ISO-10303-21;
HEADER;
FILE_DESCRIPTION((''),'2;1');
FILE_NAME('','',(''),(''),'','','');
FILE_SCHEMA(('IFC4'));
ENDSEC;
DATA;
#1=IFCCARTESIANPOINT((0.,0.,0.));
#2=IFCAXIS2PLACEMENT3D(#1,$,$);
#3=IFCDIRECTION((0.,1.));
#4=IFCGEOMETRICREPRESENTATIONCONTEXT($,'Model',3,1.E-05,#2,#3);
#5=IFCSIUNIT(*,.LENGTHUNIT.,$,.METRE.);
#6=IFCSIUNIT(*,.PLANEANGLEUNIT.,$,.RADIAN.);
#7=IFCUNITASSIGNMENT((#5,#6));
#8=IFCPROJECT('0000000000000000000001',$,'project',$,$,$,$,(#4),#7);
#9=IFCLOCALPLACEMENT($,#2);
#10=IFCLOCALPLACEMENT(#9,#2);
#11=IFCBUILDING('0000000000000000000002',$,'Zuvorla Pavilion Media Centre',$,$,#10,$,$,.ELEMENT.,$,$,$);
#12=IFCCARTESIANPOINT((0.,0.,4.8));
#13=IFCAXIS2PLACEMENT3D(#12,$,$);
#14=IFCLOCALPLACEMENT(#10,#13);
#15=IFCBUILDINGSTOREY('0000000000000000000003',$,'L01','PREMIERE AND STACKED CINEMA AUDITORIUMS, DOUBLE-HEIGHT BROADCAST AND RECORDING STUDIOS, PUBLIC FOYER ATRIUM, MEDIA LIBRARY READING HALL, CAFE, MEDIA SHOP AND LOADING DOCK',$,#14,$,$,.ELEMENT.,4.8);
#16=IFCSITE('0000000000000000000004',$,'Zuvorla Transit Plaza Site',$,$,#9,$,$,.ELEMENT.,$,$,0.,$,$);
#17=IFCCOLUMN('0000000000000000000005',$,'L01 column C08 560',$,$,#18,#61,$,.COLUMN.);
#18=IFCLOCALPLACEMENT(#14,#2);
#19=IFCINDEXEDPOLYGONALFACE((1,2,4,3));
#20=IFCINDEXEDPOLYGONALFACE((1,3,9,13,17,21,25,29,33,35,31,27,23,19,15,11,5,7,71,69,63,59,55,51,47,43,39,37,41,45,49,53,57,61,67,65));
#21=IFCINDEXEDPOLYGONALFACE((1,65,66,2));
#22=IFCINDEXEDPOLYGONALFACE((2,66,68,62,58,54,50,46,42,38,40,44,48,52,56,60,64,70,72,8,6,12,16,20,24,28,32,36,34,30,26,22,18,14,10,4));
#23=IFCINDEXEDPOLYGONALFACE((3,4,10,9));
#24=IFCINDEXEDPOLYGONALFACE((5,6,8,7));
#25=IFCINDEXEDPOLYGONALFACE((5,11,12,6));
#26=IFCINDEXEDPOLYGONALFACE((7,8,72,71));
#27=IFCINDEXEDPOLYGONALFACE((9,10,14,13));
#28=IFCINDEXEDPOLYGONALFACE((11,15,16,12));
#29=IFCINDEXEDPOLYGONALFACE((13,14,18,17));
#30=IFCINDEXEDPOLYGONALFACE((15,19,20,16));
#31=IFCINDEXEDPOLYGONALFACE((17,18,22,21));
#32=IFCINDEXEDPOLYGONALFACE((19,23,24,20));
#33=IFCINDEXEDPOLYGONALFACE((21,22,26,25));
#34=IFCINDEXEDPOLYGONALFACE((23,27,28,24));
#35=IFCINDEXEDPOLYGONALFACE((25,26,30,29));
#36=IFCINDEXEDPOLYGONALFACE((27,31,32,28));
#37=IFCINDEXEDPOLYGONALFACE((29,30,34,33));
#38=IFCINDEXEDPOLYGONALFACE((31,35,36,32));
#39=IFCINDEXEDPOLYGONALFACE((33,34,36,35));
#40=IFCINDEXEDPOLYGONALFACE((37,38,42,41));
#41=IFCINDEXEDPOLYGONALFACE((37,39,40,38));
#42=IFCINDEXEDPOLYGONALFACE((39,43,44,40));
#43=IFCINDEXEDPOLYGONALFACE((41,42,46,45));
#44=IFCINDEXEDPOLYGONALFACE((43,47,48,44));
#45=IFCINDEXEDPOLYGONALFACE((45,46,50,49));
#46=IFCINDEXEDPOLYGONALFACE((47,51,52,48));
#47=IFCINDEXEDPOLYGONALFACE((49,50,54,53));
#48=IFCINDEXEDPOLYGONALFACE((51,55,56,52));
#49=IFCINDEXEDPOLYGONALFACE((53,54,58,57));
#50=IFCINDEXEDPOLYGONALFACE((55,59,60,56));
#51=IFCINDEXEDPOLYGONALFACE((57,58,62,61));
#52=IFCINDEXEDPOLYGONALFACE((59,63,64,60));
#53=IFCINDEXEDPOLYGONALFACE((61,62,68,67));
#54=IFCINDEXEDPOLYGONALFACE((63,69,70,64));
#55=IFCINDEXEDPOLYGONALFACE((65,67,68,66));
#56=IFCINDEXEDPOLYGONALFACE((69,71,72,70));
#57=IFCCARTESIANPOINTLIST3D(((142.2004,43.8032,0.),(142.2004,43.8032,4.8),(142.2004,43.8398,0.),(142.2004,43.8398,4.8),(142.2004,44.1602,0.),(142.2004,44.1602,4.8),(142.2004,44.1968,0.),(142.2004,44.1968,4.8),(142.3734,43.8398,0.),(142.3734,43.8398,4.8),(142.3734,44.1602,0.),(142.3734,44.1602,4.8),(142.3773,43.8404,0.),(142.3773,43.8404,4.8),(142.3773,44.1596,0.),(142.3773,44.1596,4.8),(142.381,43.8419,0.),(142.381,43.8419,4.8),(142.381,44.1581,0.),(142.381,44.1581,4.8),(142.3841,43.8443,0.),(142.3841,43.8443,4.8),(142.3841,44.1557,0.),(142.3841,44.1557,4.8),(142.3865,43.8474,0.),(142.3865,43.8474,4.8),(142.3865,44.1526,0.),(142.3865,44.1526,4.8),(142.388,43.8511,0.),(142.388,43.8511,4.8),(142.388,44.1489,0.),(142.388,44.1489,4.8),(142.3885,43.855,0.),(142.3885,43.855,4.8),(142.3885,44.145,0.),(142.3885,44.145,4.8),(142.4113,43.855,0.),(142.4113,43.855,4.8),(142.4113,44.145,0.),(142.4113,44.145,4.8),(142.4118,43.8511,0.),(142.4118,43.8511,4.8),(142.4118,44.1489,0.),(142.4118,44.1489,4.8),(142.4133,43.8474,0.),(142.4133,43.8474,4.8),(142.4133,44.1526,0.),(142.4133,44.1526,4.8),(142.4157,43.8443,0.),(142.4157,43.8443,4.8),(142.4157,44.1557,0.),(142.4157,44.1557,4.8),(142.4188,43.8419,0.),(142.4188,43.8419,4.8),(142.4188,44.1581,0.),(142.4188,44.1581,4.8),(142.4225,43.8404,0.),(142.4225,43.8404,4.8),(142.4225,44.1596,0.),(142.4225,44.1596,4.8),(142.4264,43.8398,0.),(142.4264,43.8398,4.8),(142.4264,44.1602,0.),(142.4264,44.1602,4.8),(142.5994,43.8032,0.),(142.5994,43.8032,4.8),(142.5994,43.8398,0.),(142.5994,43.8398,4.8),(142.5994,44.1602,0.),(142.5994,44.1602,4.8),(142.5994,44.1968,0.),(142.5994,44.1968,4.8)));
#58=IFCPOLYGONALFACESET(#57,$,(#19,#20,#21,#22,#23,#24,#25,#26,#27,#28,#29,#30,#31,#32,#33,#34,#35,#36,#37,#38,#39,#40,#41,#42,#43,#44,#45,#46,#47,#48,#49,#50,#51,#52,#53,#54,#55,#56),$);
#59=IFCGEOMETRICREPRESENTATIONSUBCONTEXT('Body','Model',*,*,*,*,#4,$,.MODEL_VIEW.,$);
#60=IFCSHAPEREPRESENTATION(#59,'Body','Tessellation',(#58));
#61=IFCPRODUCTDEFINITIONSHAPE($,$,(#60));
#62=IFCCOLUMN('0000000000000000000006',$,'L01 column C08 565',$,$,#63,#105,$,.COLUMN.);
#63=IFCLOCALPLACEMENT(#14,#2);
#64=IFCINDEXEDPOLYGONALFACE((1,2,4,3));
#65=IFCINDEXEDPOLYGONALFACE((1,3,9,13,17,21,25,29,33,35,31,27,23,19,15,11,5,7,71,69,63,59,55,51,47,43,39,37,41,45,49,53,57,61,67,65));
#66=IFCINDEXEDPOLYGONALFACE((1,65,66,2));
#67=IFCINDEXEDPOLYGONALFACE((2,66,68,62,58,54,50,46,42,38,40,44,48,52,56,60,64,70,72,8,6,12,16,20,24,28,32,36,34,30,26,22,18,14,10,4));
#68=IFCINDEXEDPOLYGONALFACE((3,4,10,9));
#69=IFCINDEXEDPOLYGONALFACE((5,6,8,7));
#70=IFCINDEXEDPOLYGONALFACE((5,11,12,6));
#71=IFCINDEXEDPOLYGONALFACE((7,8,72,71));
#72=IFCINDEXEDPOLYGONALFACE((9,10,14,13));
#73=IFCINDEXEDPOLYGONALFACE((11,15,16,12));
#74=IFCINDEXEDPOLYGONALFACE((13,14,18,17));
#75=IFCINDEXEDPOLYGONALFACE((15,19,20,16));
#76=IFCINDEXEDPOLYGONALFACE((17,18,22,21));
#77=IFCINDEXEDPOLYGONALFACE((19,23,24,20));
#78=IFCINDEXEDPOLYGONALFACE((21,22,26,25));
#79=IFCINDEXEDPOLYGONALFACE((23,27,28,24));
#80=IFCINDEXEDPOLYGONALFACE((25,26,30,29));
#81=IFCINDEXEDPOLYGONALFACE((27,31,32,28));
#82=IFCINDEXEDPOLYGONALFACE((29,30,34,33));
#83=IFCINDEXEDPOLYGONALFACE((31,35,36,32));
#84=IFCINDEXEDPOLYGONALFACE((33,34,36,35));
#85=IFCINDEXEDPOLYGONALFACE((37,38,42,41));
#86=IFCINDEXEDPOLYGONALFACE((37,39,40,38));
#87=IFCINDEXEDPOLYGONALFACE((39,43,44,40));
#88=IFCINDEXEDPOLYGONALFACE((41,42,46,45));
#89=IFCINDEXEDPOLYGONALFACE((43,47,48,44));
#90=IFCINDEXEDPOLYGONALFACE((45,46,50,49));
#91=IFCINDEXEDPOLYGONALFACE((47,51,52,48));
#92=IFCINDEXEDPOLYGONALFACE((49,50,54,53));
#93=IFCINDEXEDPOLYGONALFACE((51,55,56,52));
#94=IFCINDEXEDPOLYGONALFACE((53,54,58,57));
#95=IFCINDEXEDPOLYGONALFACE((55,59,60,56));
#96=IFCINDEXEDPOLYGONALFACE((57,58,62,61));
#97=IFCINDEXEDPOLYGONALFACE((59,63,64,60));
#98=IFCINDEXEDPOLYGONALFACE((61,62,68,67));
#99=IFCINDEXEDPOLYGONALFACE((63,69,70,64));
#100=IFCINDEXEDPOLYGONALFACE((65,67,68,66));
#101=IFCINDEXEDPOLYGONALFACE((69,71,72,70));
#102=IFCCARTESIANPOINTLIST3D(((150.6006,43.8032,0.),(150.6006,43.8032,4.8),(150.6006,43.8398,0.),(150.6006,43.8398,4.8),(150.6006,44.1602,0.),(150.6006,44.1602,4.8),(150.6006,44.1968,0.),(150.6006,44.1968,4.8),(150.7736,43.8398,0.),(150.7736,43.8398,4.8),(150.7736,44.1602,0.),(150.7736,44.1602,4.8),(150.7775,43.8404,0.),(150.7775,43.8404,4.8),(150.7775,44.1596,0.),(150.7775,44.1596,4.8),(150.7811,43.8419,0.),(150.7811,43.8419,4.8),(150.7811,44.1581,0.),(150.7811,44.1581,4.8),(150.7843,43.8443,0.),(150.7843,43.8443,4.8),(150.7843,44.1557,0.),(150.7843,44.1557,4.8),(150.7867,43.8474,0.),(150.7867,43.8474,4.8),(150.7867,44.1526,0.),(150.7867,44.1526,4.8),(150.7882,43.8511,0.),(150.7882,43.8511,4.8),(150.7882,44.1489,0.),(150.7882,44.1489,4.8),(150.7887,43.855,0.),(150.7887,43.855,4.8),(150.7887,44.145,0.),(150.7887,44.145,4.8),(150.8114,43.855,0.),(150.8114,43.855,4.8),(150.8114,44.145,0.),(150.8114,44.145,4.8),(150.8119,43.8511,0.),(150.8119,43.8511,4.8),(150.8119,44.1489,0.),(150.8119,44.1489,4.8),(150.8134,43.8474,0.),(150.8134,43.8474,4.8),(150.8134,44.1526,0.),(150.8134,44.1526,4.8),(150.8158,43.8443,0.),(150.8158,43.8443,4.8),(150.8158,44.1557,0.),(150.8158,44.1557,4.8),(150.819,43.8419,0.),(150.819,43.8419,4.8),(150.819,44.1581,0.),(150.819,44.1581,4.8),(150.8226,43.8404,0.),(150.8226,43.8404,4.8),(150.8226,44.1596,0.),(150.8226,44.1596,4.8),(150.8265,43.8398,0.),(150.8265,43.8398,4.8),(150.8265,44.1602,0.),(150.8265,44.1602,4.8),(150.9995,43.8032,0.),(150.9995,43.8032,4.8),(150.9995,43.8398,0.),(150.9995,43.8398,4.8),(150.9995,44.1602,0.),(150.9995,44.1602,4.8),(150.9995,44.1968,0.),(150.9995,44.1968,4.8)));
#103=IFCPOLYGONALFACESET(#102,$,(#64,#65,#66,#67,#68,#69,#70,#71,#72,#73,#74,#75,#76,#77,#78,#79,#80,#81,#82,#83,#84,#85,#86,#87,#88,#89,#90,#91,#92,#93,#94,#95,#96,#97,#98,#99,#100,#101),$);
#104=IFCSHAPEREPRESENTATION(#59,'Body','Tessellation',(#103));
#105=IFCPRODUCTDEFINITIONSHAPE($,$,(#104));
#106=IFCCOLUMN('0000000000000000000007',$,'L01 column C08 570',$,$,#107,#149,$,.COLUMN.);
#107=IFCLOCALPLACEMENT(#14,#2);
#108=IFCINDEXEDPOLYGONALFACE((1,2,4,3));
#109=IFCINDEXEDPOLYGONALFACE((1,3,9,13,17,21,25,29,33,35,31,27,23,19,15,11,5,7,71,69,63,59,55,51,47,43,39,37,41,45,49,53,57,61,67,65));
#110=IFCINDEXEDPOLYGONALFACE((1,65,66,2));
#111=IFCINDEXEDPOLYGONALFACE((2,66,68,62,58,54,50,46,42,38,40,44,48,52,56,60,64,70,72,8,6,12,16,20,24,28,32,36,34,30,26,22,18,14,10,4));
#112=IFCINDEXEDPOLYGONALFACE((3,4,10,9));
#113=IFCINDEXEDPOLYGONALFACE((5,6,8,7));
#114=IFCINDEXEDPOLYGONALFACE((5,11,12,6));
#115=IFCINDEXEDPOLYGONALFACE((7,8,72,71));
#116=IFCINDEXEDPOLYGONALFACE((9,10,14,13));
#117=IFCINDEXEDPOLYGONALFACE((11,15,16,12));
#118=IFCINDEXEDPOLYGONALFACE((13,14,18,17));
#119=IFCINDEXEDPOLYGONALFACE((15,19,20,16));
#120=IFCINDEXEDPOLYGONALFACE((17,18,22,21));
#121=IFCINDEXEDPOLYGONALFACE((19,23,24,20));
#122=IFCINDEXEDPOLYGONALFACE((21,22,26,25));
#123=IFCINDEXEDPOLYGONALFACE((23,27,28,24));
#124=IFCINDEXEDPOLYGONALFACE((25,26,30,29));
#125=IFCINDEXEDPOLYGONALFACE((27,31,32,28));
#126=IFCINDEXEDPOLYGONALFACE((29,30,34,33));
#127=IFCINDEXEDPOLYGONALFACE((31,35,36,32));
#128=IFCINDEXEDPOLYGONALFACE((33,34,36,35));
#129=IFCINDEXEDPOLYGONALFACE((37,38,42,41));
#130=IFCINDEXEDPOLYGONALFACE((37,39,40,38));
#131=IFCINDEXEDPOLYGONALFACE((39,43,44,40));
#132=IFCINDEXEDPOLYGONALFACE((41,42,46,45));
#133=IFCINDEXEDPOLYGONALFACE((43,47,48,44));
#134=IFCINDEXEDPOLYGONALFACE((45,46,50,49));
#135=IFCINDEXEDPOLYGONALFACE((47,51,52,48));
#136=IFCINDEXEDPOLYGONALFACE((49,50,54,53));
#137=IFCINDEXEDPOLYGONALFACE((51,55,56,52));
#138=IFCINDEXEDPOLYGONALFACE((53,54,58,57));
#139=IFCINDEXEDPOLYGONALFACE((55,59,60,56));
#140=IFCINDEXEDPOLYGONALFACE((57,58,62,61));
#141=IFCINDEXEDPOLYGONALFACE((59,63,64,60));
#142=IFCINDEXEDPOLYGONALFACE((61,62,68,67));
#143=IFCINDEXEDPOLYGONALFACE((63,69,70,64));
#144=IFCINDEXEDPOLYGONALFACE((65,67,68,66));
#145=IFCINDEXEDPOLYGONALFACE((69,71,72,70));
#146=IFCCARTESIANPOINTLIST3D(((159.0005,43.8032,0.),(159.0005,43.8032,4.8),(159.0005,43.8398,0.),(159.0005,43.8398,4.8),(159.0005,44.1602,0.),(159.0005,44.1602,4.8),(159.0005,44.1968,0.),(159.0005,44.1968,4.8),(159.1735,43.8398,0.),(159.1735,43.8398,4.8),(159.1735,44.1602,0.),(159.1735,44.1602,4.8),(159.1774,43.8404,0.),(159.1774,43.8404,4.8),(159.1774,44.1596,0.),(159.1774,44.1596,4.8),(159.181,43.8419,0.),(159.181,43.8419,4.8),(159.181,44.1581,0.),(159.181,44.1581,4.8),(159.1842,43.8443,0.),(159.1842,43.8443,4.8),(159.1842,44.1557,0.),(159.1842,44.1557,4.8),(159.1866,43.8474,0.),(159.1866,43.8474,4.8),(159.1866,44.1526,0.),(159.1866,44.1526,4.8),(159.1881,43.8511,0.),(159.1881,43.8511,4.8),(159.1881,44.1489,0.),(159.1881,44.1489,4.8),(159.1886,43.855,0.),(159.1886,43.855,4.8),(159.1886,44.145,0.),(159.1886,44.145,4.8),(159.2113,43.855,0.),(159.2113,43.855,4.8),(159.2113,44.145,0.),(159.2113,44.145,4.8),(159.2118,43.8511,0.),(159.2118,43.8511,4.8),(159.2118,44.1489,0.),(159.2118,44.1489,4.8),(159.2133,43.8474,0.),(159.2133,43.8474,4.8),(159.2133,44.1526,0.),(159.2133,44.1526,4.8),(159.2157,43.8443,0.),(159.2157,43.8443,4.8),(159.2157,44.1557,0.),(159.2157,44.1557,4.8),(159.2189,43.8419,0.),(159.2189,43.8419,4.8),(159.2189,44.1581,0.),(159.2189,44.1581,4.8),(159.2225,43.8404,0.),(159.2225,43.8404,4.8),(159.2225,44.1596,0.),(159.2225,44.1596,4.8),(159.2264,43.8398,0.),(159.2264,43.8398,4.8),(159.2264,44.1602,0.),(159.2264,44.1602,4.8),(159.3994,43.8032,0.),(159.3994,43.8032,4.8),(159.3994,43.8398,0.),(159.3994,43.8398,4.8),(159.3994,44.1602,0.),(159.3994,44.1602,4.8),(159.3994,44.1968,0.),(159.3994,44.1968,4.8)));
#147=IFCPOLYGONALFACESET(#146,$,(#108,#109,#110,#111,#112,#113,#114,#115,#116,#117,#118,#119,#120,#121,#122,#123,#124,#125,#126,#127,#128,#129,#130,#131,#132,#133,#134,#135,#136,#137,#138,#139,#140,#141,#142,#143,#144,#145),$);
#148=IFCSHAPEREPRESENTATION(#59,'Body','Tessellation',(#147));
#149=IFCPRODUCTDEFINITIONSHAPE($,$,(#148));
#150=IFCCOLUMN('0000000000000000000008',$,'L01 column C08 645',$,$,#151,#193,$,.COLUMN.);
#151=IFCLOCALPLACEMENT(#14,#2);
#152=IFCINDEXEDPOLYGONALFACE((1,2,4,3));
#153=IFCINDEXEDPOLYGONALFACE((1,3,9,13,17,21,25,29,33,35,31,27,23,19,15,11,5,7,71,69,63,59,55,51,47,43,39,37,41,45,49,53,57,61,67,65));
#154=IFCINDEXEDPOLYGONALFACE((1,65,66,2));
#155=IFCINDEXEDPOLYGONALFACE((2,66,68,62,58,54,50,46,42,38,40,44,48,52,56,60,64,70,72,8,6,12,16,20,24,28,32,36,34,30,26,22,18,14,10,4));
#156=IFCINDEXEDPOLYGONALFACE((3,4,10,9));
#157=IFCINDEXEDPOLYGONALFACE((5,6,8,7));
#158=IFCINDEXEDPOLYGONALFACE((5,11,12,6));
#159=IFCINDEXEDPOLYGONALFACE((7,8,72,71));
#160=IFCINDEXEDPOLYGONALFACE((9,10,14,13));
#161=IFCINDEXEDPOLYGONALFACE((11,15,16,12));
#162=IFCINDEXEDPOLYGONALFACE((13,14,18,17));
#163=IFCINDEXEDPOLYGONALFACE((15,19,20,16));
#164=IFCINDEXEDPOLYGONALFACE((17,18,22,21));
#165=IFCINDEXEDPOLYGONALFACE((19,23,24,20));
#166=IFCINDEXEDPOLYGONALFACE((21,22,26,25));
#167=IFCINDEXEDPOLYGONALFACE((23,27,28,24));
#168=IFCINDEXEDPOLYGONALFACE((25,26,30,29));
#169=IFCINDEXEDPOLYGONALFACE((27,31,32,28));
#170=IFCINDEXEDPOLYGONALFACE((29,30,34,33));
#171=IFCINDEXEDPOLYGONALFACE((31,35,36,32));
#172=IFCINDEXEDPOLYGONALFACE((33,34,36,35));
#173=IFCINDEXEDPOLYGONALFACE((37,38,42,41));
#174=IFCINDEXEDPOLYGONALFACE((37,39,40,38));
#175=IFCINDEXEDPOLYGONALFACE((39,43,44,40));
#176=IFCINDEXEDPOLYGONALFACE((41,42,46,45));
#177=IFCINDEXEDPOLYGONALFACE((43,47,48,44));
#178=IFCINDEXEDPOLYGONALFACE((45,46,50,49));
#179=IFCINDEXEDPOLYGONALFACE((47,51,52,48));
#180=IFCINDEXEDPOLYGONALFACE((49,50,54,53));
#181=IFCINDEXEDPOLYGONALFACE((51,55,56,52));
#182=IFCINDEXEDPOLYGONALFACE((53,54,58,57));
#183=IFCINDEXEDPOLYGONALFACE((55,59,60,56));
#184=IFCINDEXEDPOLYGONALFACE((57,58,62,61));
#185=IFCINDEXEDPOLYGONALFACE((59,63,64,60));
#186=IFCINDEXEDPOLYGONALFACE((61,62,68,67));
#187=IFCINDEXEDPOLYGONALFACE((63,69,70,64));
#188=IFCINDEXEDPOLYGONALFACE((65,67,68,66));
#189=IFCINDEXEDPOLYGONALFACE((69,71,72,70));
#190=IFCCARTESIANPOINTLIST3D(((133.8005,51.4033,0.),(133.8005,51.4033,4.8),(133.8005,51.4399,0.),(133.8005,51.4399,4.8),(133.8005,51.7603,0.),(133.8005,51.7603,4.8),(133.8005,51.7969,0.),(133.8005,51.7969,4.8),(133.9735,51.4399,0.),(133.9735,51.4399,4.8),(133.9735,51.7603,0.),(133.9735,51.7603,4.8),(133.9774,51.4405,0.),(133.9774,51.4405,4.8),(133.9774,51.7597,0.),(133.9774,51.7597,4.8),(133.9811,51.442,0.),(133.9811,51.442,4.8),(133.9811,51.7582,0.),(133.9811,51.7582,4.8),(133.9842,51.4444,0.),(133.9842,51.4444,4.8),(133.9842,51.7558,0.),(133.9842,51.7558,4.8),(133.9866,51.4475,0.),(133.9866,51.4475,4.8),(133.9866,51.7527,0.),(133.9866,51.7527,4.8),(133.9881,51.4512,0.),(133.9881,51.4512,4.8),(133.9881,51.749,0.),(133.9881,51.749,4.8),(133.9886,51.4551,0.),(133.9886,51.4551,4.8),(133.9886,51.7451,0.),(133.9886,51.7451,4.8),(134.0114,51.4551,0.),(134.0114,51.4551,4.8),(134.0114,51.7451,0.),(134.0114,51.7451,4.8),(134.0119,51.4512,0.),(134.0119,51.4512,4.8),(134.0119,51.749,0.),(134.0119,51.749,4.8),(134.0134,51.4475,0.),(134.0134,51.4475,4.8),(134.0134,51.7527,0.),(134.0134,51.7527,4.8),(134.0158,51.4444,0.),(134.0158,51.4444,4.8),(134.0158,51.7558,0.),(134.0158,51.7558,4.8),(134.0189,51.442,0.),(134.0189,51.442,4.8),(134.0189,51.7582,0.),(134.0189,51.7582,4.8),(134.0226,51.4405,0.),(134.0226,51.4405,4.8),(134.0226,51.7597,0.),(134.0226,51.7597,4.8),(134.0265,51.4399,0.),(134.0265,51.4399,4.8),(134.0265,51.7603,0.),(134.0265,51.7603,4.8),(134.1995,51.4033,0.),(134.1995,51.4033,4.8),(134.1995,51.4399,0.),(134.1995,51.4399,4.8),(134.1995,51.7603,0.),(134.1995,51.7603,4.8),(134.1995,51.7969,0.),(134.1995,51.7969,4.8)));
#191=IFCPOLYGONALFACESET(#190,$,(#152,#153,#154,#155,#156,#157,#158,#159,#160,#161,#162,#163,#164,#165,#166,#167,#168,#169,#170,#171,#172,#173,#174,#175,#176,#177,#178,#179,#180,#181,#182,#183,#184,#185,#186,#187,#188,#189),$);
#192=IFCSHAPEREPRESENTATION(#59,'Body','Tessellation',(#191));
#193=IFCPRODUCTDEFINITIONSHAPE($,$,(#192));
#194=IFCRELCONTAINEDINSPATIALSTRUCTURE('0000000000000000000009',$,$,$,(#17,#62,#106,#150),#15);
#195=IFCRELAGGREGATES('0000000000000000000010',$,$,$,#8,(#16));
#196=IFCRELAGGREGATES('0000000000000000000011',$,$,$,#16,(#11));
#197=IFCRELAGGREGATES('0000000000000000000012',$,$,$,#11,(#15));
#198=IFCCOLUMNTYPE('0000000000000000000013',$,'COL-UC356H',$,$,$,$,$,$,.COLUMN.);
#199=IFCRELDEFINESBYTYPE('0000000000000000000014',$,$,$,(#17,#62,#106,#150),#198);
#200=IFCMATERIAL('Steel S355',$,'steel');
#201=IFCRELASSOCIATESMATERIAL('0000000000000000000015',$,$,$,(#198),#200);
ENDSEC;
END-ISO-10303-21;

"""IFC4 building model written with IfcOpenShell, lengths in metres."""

from ifc_helpers import new_model, si_unit, direction, frame, origin, origin_2d, place, context, subcontext, project, spatial, i_section, extrude, material, material_profile, profile_set, type_object, element, save


model = new_model("IFC4")

# Units and contexts
model_context = context("Model", 3, precision=1e-05, world=origin(), true_north=direction((0.0, 1.0)))
body_context = subcontext(model_context, "Body", "Model", "MODEL_VIEW")
ifc_project = project(units=[si_unit("LENGTHUNIT", "METRE"), si_unit("PLANEANGLEUNIT", "RADIAN")], contexts=[model_context])

# Site, building, storey
site_placement = place(None, origin())
site = spatial("IfcSite", under=ifc_project, at=site_placement, Name="Zuvorla Transit Plaza Site", CompositionType="ELEMENT", RefElevation=0.0)
building_placement = place(site_placement, origin())
building = spatial("IfcBuilding", under=site, at=building_placement, Name="Zuvorla Pavilion Media Centre", CompositionType="ELEMENT")
storey_placement = place(building_placement, frame((0.0, 0.0, 4.8)))
storey = spatial("IfcBuildingStorey", under=building, at=storey_placement, Name="L01", Description="PREMIERE AND STACKED CINEMA AUDITORIUMS, DOUBLE-HEIGHT BROADCAST AND RECORDING STUDIOS, PUBLIC FOYER ATRIUM, MEDIA LIBRARY READING HALL, CAFE, MEDIA SHOP AND LOADING DOCK", CompositionType="ELEMENT", Elevation=4.8)

# Columns
ifc_material_1 = material(Name="Steel S355", Category="steel")
ifc_material_profile_1 = material_profile(ifc_material_1, i_section(OverallWidth=0.3989, OverallDepth=0.3936, WebThickness=0.0227, FlangeThickness=0.0366, FilletRadius=0.0151, at=origin_2d()), Name="UC 356x406x287")
ifc_profile_set_1 = profile_set([ifc_material_profile_1], Name="Steel S355")
column_type = type_object("IfcColumnType", Name="COL-UC356H", PredefinedType="COLUMN", material=ifc_profile_set_1)
for number, where, z_axis, x_axis, name in (
    (1, (142.3999, 44.0, 0.0), (0.0, 0.0, 1.0), (1.0, 0.0, 0.0), "L01 column C08 560"),
    (2, (150.8, 44.0, 0.0), (0.0, 0.0, 1.0), (1.0, 0.0, 0.0), "L01 column C08 565"),
    (3, (159.2, 44.0, 0.0), (0.0, 0.0, 1.0), (1.0, 0.0, 0.0), "L01 column C08 570"),
    (4, (134.0, 51.6001, 0.0), (0.0, 0.0, 1.0), (1.0, 0.0, 0.0), "L01 column C08 645"),
):
    element("IfcColumn", number, at=place(storey_placement, frame(where, z_axis=z_axis, x_axis=x_axis)), inside=storey, type_object=column_type, Name=name, PredefinedType="COLUMN", context=body_context, shape_type="SweptSolid", body=[
        extrude(i_section(OverallWidth=0.3989, OverallDepth=0.3936, WebThickness=0.0227, FlangeThickness=0.0366, FilletRadius=0.0151, at=origin_2d()), origin(), (0.0, 0.0, 1.0), 4.8),
    ])

save(model, "model.ifc")
